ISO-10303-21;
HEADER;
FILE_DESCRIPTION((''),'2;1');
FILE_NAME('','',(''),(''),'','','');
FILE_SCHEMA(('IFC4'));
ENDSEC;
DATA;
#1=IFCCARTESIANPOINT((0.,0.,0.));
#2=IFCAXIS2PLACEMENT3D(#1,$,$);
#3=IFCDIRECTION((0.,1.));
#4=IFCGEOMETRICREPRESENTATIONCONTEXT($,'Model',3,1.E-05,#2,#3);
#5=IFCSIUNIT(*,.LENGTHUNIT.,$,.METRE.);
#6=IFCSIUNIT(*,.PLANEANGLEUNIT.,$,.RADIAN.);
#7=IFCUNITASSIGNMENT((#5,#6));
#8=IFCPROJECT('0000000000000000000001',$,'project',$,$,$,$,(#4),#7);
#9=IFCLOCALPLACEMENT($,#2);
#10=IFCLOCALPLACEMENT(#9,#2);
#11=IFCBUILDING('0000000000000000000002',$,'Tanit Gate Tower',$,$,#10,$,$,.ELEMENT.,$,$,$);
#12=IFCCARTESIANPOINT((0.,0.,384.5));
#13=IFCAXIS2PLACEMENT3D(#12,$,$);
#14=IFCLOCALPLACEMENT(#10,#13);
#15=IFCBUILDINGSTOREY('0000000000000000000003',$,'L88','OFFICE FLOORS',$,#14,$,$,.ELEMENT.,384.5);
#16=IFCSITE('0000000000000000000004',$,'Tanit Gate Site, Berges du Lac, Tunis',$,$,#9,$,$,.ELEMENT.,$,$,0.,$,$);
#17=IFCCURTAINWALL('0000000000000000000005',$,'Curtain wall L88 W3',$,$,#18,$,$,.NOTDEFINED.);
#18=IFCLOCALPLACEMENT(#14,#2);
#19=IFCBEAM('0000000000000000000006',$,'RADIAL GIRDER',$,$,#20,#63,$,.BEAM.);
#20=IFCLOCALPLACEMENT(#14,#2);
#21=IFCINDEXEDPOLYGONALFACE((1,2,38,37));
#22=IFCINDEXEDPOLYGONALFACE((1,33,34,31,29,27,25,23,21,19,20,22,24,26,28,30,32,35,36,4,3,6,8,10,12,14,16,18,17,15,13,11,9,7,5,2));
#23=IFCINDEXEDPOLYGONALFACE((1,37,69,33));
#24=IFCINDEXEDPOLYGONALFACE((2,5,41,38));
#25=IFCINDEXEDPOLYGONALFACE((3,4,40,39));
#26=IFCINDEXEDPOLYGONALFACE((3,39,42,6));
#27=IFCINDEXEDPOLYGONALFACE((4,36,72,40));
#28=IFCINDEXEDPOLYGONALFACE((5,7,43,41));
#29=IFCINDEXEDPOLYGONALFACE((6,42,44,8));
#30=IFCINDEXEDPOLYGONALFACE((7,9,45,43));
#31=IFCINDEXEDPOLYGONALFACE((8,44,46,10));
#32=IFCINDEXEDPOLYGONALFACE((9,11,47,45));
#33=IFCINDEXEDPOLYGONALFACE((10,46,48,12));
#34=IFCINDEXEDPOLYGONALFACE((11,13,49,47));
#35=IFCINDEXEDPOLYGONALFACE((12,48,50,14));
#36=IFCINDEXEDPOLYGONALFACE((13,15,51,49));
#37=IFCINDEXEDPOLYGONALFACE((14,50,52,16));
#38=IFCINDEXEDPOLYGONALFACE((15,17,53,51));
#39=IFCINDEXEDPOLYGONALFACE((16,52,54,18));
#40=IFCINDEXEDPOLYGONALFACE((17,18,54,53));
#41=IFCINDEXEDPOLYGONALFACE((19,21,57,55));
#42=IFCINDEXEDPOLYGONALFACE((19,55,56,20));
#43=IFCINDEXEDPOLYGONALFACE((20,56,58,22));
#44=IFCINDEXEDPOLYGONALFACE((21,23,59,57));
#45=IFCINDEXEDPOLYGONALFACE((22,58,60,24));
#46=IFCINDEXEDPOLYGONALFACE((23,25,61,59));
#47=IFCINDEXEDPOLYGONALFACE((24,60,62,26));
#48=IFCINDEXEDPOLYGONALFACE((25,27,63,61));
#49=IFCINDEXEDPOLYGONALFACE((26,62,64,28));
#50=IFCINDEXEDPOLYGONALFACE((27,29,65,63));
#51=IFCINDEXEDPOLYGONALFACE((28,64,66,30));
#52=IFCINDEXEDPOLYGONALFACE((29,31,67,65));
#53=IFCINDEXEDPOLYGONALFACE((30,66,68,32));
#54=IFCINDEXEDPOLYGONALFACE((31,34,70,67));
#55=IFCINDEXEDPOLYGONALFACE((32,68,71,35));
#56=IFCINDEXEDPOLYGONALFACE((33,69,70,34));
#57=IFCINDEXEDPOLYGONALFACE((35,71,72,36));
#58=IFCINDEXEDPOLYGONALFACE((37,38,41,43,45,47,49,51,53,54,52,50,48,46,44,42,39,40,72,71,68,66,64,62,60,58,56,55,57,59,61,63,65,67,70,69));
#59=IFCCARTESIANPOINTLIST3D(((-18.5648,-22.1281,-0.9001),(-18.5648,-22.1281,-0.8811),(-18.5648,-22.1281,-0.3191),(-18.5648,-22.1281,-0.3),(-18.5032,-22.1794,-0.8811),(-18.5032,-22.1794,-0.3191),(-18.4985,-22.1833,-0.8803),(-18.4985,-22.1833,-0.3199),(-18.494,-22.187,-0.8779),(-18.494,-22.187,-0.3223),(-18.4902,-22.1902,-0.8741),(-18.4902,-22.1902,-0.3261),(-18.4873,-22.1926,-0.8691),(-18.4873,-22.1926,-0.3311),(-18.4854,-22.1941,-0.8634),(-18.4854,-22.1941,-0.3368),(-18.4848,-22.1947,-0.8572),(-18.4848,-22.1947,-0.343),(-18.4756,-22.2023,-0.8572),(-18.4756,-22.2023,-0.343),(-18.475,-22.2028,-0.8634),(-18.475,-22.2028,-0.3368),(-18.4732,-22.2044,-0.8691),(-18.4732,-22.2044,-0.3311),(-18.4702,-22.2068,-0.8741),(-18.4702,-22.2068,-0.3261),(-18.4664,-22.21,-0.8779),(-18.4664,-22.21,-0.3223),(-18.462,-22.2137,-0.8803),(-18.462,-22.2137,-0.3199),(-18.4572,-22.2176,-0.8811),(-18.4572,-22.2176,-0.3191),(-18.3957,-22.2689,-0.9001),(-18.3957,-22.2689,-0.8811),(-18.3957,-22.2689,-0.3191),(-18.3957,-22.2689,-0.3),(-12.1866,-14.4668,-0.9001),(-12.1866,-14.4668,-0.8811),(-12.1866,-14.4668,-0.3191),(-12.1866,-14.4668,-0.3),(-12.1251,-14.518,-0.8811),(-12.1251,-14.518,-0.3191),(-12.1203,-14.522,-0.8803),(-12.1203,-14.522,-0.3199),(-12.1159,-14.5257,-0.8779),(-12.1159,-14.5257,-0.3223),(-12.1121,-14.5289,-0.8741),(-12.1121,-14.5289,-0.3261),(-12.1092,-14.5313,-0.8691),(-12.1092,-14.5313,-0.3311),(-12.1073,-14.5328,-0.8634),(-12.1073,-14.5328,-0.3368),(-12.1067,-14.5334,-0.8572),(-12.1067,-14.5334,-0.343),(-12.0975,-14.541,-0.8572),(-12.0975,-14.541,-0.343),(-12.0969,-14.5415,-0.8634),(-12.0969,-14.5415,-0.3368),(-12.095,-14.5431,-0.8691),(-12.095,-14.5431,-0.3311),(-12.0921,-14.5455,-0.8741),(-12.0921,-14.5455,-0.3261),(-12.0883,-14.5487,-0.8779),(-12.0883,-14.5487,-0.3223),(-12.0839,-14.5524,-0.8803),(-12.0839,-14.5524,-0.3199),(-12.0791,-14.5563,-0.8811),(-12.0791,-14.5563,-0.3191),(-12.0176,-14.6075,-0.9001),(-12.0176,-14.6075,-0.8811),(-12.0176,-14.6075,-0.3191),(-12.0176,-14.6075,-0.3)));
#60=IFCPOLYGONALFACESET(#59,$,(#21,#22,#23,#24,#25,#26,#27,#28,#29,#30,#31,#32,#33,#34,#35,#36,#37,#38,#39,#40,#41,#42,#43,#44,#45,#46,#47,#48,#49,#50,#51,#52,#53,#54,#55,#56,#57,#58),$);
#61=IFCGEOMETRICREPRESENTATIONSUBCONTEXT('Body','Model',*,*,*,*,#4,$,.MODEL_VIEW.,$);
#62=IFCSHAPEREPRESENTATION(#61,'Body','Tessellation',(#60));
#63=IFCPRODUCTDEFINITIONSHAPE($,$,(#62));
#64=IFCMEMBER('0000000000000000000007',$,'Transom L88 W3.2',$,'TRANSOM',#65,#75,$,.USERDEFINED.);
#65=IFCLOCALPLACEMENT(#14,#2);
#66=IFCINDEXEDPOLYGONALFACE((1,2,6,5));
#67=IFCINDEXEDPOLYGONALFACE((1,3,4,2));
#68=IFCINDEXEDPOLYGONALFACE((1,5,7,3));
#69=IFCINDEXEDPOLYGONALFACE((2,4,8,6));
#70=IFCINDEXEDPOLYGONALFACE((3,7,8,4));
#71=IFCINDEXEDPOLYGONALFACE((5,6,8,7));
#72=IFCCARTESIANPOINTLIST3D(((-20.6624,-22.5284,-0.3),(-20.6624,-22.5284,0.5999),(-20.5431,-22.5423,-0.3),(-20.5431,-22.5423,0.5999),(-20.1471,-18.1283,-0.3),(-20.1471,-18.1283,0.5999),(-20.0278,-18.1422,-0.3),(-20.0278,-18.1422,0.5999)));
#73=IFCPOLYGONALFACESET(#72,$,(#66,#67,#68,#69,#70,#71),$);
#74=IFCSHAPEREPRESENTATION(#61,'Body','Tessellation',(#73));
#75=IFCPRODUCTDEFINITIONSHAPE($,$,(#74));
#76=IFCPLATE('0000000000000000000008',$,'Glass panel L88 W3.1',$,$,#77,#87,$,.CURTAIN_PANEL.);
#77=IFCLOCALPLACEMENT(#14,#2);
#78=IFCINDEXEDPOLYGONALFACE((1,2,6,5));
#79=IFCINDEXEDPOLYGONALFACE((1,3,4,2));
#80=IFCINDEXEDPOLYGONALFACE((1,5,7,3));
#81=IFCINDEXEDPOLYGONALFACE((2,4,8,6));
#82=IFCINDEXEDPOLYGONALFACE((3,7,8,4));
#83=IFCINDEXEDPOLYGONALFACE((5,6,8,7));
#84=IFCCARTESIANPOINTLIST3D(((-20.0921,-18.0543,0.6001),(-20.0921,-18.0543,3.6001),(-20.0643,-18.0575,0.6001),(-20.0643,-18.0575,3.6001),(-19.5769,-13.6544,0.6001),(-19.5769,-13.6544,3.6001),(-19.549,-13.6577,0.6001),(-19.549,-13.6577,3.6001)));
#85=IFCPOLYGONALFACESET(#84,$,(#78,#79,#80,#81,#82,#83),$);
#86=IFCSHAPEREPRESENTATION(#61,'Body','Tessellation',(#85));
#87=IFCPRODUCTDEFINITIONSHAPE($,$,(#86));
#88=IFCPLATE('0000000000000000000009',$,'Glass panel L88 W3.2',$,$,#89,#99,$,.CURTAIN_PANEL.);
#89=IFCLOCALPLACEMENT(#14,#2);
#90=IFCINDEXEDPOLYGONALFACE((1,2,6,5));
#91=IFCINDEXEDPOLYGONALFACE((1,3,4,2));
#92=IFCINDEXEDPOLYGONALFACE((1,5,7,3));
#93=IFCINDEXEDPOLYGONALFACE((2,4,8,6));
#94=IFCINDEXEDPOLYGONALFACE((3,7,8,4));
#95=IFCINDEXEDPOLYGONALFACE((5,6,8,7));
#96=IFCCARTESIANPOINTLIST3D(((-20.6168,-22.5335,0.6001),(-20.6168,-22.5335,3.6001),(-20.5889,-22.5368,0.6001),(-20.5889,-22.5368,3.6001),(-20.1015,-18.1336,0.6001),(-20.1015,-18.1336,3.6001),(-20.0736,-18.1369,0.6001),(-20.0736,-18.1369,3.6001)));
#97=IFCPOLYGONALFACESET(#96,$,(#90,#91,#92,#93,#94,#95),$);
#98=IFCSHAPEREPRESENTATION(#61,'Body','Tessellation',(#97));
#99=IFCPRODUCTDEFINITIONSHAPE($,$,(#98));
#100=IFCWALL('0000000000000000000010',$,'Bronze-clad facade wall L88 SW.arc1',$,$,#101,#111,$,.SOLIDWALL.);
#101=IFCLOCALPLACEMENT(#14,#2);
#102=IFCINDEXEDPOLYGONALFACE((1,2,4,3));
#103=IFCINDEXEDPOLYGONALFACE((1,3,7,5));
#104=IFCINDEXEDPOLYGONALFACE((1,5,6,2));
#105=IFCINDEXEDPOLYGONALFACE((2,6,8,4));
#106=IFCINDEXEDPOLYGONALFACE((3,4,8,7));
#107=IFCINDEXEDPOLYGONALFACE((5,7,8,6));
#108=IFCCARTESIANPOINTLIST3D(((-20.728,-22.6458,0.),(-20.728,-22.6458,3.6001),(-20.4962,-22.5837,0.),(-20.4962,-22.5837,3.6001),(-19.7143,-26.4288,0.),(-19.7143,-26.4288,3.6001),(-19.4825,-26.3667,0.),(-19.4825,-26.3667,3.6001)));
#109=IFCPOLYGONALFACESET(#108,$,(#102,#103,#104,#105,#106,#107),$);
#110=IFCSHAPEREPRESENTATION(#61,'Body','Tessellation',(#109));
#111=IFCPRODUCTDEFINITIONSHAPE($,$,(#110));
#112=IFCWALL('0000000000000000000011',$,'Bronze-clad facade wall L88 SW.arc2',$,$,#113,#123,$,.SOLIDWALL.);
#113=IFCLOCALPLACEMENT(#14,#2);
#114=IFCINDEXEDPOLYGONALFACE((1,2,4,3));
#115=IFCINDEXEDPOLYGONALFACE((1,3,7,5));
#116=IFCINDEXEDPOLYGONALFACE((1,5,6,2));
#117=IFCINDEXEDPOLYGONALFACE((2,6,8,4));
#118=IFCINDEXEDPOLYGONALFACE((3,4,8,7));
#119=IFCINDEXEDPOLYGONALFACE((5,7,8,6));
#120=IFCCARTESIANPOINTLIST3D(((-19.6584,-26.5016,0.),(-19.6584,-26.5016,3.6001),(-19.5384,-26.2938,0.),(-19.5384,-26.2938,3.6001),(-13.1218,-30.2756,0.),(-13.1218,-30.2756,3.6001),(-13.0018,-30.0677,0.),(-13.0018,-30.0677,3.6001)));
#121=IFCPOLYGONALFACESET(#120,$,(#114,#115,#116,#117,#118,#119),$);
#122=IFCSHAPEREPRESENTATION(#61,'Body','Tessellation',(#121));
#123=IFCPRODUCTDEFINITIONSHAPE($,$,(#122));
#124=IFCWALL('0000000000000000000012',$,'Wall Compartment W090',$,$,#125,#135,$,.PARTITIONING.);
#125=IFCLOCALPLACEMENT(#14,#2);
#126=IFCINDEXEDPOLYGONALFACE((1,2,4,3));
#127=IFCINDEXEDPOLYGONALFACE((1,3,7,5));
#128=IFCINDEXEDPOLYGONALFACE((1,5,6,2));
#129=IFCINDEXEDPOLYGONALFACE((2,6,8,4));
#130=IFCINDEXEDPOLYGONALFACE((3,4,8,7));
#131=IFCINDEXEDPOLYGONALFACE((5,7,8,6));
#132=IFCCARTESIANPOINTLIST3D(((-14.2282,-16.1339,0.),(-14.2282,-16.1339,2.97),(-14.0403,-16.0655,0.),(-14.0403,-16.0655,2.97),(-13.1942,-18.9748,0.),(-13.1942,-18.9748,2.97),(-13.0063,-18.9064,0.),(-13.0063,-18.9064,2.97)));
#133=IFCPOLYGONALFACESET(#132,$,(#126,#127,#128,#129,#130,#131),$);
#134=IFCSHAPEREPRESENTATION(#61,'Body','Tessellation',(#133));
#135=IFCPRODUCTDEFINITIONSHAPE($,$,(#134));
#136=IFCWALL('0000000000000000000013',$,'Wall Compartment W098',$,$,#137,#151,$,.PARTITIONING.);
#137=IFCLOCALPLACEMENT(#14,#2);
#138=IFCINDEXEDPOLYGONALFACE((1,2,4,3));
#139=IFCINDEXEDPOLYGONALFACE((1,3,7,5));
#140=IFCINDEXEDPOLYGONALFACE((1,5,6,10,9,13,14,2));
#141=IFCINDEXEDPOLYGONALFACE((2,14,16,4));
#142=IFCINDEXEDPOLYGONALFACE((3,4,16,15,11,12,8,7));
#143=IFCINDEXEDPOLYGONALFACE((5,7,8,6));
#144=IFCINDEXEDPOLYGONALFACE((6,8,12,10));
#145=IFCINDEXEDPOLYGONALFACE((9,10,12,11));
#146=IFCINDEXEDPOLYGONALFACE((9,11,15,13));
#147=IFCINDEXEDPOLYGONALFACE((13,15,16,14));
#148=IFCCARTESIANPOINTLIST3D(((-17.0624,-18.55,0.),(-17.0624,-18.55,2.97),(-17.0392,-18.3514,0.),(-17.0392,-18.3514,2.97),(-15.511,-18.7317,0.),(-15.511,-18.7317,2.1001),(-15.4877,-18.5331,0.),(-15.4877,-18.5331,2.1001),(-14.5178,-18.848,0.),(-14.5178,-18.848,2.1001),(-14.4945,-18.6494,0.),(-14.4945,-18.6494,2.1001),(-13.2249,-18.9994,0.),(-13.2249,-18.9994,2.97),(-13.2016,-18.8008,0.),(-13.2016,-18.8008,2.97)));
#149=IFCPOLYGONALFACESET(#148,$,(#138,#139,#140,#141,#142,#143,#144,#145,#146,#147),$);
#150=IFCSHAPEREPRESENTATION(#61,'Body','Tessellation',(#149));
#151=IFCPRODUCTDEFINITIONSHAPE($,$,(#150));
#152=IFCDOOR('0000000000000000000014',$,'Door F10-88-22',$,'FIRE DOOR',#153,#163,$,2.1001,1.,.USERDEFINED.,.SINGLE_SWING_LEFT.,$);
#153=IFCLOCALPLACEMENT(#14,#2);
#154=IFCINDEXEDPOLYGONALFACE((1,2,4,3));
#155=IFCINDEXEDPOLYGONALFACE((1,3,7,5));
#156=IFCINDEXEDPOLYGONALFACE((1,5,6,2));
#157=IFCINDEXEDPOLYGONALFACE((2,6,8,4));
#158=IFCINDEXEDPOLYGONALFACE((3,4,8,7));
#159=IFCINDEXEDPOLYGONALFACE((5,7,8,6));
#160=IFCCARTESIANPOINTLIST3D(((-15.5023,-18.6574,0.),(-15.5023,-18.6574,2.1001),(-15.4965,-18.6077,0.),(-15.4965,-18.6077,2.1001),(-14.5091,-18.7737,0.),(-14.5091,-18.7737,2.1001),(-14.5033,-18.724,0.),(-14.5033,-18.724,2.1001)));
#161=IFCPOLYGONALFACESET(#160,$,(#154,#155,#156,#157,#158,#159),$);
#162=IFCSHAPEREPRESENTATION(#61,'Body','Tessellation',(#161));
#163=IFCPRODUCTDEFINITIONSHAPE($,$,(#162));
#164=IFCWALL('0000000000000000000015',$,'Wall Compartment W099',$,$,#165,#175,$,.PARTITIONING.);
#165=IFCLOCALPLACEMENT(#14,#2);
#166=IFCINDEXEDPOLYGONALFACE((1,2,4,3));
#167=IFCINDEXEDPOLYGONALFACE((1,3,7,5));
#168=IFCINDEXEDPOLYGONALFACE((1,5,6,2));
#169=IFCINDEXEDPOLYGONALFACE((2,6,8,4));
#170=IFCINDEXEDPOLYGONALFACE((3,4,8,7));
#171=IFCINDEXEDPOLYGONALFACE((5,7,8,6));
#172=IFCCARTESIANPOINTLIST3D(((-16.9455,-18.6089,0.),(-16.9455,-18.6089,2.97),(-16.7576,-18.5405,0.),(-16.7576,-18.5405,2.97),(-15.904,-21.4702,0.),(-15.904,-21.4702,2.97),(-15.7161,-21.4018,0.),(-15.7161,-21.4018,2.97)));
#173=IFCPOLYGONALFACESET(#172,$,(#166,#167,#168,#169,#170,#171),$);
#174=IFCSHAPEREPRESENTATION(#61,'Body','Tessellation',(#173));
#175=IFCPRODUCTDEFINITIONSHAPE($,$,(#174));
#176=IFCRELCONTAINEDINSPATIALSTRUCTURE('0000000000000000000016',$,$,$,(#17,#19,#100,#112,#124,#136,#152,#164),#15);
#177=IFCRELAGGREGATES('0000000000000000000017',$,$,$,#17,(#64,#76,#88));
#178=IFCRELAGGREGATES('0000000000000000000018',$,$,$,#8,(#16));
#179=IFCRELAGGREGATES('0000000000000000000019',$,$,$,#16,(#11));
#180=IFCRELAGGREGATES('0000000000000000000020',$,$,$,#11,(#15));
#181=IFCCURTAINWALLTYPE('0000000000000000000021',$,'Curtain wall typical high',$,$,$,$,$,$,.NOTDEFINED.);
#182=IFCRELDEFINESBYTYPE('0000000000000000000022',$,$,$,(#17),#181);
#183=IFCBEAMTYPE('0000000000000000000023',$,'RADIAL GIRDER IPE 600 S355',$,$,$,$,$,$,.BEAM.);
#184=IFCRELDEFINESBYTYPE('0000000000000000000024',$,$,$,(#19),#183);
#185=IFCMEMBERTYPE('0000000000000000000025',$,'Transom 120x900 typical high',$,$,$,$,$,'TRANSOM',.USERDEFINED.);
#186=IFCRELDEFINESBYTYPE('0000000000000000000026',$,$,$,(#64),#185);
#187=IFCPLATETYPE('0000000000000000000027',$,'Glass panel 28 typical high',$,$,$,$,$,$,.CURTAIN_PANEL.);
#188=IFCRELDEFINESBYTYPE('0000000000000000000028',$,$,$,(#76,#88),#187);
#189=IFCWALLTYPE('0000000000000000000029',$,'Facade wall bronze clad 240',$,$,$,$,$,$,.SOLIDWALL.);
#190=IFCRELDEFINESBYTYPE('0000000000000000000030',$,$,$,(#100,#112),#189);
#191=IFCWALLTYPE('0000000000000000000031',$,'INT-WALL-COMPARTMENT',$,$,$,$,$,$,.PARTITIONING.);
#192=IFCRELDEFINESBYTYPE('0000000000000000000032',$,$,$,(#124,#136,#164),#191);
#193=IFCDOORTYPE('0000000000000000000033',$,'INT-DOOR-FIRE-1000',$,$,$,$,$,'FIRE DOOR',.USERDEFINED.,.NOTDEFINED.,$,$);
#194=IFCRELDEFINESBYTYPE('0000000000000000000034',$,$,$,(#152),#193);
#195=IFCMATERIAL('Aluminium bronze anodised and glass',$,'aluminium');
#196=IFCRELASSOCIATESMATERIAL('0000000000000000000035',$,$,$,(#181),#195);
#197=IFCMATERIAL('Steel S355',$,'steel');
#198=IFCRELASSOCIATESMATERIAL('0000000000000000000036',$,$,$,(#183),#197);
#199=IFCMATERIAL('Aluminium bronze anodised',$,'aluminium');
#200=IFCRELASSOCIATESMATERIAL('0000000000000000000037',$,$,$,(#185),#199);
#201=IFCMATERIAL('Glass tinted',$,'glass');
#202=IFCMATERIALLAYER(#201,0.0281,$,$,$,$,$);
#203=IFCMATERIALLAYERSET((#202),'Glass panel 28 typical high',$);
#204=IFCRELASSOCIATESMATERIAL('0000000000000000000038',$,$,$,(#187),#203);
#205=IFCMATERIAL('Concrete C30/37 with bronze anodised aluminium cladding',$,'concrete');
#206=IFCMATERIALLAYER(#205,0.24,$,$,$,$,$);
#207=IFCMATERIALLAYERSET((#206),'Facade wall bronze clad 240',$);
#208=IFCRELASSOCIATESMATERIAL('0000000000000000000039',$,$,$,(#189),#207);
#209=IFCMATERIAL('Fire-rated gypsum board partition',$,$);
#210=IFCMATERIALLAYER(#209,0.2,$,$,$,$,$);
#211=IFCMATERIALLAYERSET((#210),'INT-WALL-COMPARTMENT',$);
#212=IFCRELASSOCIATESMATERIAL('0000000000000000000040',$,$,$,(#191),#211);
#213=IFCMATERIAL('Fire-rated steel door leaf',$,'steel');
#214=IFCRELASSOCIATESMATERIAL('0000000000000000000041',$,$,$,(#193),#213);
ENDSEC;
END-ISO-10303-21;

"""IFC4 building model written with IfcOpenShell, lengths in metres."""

from ifc_helpers import new_model, si_unit, direction, frame, frame_2d, origin, origin_2d, place, context, subcontext, project, spatial, rectangle, i_section, extrude, material, layer, layer_set, material_profile, profile_set, type_object, element, fill, aggregate, save


model = new_model("IFC4")

# Units and contexts
model_context = context("Model", 3, precision=1e-05, world=origin(), true_north=direction((0.0, 1.0)))
body_context = subcontext(model_context, "Body", "Model", "MODEL_VIEW")
ifc_project = project(units=[si_unit("LENGTHUNIT", "METRE"), si_unit("PLANEANGLEUNIT", "RADIAN")], contexts=[model_context])

# Site, building, storey
site_placement = place(None, origin())
site = spatial("IfcSite", under=ifc_project, at=site_placement, Name="Tanit Gate Site, Berges du Lac, Tunis", CompositionType="ELEMENT", RefElevation=0.0)
building_placement = place(site_placement, origin())
building = spatial("IfcBuilding", under=site, at=building_placement, Name="Tanit Gate Tower", CompositionType="ELEMENT")
storey_placement = place(building_placement, frame((0.0, 0.0, 384.5)))
storey = spatial("IfcBuildingStorey", under=building, at=storey_placement, Name="L88", Description="OFFICE FLOORS", CompositionType="ELEMENT", Elevation=384.5)

# Curtain wall
ifc_material_1 = material(Name="Aluminium bronze anodised and glass", Category="aluminium")
curtain_wall_type = type_object("IfcCurtainWallType", Name="Curtain wall typical high", PredefinedType="NOTDEFINED", material=ifc_material_1)
curtain_wall_placement = place(storey_placement, origin())
curtain_wall = element("IfcCurtainWall", 1, at=curtain_wall_placement, inside=storey, type_object=curtain_wall_type, Name="Curtain wall L88 W3", PredefinedType="NOTDEFINED")

# Beam
ifc_material_2 = material(Name="Steel S355", Category="steel")
ifc_material_profile_1 = material_profile(ifc_material_2, i_section(OverallWidth=0.22, OverallDepth=0.6001, WebThickness=0.012, FlangeThickness=0.019, FilletRadius=0.0239, at=origin_2d()), Name="IPE 600")
ifc_profile_set_1 = profile_set([ifc_material_profile_1], Name="Steel S355")
beam_type_1 = type_object("IfcBeamType", Name="RADIAL GIRDER IPE 600 S355", PredefinedType="BEAM", material=ifc_profile_set_1)
beam_1_placement = place(storey_placement, frame((-18.4802, -22.1985, -0.6001), z_axis=(0.639811, 0.768532, 0.0), x_axis=(-0.768532, 0.639811, 0.0)))
element("IfcBeam", 2, at=beam_1_placement, inside=storey, type_object=beam_type_1, Name="RADIAL GIRDER", PredefinedType="BEAM", context=body_context, shape_type="SweptSolid", body=[
    extrude(i_section(OverallWidth=0.22, OverallDepth=0.6001, WebThickness=0.012, FlangeThickness=0.019, FilletRadius=0.0239, at=origin_2d()), origin(), (0.0, 0.0, 1.0), 9.9688),
])

# Member
ifc_material_3 = material(Name="Aluminium bronze anodised", Category="aluminium")
ifc_material_profile_2 = material_profile(ifc_material_3, rectangle(XDim=0.1201, YDim=0.8999, at=origin_2d()), Name="120x900 bronze transom")
ifc_profile_set_2 = profile_set([ifc_material_profile_2], Name="Aluminium bronze anodised")
member_type_1 = type_object("IfcMemberType", Name="Transom 120x900 typical high", ElementType="TRANSOM", PredefinedType="USERDEFINED", material=ifc_profile_set_2)
member_1_placement = place(storey_placement, frame((-20.0874, -18.1353, 0.1499), z_axis=(-0.116333, -0.99321, 0.0), x_axis=(0.99321, -0.116333, 0.0)))
member_1 = element("IfcMember", 3, at=member_1_placement, type_object=member_type_1, Name="Transom L88 W3.2", ObjectType="TRANSOM", PredefinedType="USERDEFINED", context=body_context, shape_type="SweptSolid", body=[
    extrude(rectangle(XDim=0.1201, YDim=0.8999, at=origin_2d()), origin(), (0.0, 0.0, 1.0), 4.4302),
])

# Plates
ifc_material_4 = material(Name="Glass tinted", Category="glass")
ifc_layer_1 = layer(ifc_material_4, 0.0281)
ifc_layer_set_1 = layer_set([ifc_layer_1], Name="Glass panel 28 typical high")
plate_type = type_object("IfcPlateType", Name="Glass panel 28 typical high", PredefinedType="CURTAIN_PANEL", material=ifc_layer_set_1)
plate_1_placement = place(storey_placement, frame((-19.8206, -15.856, 0.6001), z_axis=(0.0, 0.0, 1.0), x_axis=(-0.116318, -0.993212, 0.0)))
plate_1 = element("IfcPlate", 4, at=plate_1_placement, type_object=plate_type, Name="Glass panel L88 W3.1", PredefinedType="CURTAIN_PANEL", context=body_context, shape_type="SweptSolid", body=[
    extrude(rectangle(XDim=4.4299, YDim=0.0281, at=origin_2d()), origin(), (0.0, 0.0, 1.0), 3.0),
])
plate_2_placement = place(storey_placement, frame((-20.3452, -20.3352, 0.6001), z_axis=(0.0, 0.0, 1.0), x_axis=(-0.116318, -0.993212, 0.0)))
plate_2 = element("IfcPlate", 5, at=plate_2_placement, type_object=plate_type, Name="Glass panel L88 W3.2", PredefinedType="CURTAIN_PANEL", context=body_context, shape_type="SweptSolid", body=[
    extrude(rectangle(XDim=4.4299, YDim=0.0281, at=origin_2d()), origin(), (0.0, 0.0, 1.0), 3.0),
])
aggregate(curtain_wall, [member_1, plate_1, plate_2])

# Walls
ifc_material_5 = material(Name="Concrete C30/37 with bronze anodised aluminium cladding", Category="concrete")
ifc_layer_2 = layer(ifc_material_5, 0.24)
ifc_layer_set_2 = layer_set([ifc_layer_2], Name="Facade wall bronze clad 240")
wall_type_1 = type_object("IfcWallType", Name="Facade wall bronze clad 240", PredefinedType="SOLIDWALL", material=ifc_layer_set_2)
wall_1_placement = place(storey_placement, frame((-20.6121, -22.6147, 0.0), z_axis=(0.0, 0.0, 1.0), x_axis=(0.258826, -0.965924, 0.0)))
element("IfcWall", 6, at=wall_1_placement, inside=storey, type_object=wall_type_1, Name="Bronze-clad facade wall L88 SW.arc1", PredefinedType="SOLIDWALL", context=body_context, shape_type="SweptSolid", body=[
    extrude(rectangle(XDim=3.9165, YDim=0.24, at=frame_2d((1.9583, 0.0))), origin(), (0.0, 0.0, 1.0), 3.6001),
])
wall_2_placement = place(storey_placement, frame((-19.5984, -26.3977, 0.0), z_axis=(0.0, 0.0, 1.0), x_axis=(0.866025, -0.500001, 0.0)))
element("IfcWall", 7, at=wall_2_placement, inside=storey, type_object=wall_type_1, Name="Bronze-clad facade wall L88 SW.arc2", PredefinedType="SOLIDWALL", context=body_context, shape_type="SweptSolid", body=[
    extrude(rectangle(XDim=7.5479, YDim=0.24, at=frame_2d((3.7739, 0.0))), origin(), (0.0, 0.0, 1.0), 3.6001),
])
ifc_material_6 = material(Name="Fire-rated gypsum board partition")
ifc_layer_3 = layer(ifc_material_6, 0.2)
ifc_layer_set_3 = layer_set([ifc_layer_3], Name="INT-WALL-COMPARTMENT")
wall_type_2 = type_object("IfcWallType", Name="INT-WALL-COMPARTMENT", PredefinedType="PARTITIONING", material=ifc_layer_set_3)
wall_3_placement = place(storey_placement, frame((-14.1343, -16.0996, 0.0), z_axis=(0.0, 0.0, 1.0), x_axis=(0.342009, -0.939697, 0.0)))
element("IfcWall", 8, at=wall_3_placement, inside=storey, type_object=wall_type_2, Name="Wall Compartment W090", PredefinedType="PARTITIONING", context=body_context, shape_type="SweptSolid", body=[
    extrude(rectangle(XDim=3.0232, YDim=0.2, at=frame_2d((1.5117, 0.0))), origin(), (0.0, 0.0, 1.0), 2.97),
])

# Wall, opening, door
wall_4_placement = place(storey_placement, frame((-17.0508, -18.4507, 0.0), z_axis=(0.0, 0.0, 1.0), x_axis=(0.993211, -0.116324, 0.0)))
wall_4 = element("IfcWall", 9, at=wall_4_placement, inside=storey, type_object=wall_type_2, Name="Wall Compartment W098", PredefinedType="PARTITIONING", context=body_context, shape_type="SweptSolid", body=[
    extrude(rectangle(XDim=3.8638, YDim=0.2, at=frame_2d((1.9319, 0.0))), origin(), (0.0, 0.0, 1.0), 2.97),
])
opening_placement = place(wall_4_placement, frame((1.562, 0.0, 0.0)))
opening = element("IfcOpeningElement", 10, at=opening_placement, cuts=wall_4, PredefinedType="OPENING", context=body_context, shape_type="SweptSolid", body=[
    extrude(rectangle(XDim=1.0, YDim=2.1001, at=frame_2d((0.5, 1.05))), frame((0.0, 0.1099, 0.0), z_axis=(0.0, -1.0, 0.0), x_axis=(1.0, 0.0, 0.0)), (0.0, 0.0, 1.0), 0.22),
])
ifc_material_7 = material(Name="Fire-rated steel door leaf", Category="steel")
door_type = type_object("IfcDoorType", Name="INT-DOOR-FIRE-1000", ElementType="FIRE DOOR", OperationType="NOTDEFINED", PredefinedType="USERDEFINED", material=ifc_material_7)
door_placement = place(opening_placement, origin())
door = element("IfcDoor", 11, at=door_placement, inside=storey, type_object=door_type, Name="Door F10-88-22", ObjectType="FIRE DOOR", OperationType="SINGLE_SWING_LEFT", OverallHeight=2.1001, OverallWidth=1.0, PredefinedType="USERDEFINED", context=body_context, shape_type="SweptSolid", body=[
    extrude(rectangle(XDim=1.0, YDim=2.1001, at=frame_2d((0.5, 1.05))), frame((0.0, 0.0249, 0.0), z_axis=(0.0, -1.0, 0.0), x_axis=(1.0, 0.0, 0.0)), (0.0, 0.0, 1.0), 0.05),
])
fill(opening, door)

# Wall
wall_5_placement = place(storey_placement, frame((-16.8516, -18.5747, 0.0), z_axis=(0.0, 0.0, 1.0), x_axis=(0.342039, -0.939686, 0.0)))
element("IfcWall", 12, at=wall_5_placement, inside=storey, type_object=wall_type_2, Name="Wall Compartment W099", PredefinedType="PARTITIONING", context=body_context, shape_type="SweptSolid", body=[
    extrude(rectangle(XDim=3.0449, YDim=0.2, at=frame_2d((1.5225, 0.0))), origin(), (0.0, 0.0, 1.0), 2.97),
])

save(model, "model.ifc")
